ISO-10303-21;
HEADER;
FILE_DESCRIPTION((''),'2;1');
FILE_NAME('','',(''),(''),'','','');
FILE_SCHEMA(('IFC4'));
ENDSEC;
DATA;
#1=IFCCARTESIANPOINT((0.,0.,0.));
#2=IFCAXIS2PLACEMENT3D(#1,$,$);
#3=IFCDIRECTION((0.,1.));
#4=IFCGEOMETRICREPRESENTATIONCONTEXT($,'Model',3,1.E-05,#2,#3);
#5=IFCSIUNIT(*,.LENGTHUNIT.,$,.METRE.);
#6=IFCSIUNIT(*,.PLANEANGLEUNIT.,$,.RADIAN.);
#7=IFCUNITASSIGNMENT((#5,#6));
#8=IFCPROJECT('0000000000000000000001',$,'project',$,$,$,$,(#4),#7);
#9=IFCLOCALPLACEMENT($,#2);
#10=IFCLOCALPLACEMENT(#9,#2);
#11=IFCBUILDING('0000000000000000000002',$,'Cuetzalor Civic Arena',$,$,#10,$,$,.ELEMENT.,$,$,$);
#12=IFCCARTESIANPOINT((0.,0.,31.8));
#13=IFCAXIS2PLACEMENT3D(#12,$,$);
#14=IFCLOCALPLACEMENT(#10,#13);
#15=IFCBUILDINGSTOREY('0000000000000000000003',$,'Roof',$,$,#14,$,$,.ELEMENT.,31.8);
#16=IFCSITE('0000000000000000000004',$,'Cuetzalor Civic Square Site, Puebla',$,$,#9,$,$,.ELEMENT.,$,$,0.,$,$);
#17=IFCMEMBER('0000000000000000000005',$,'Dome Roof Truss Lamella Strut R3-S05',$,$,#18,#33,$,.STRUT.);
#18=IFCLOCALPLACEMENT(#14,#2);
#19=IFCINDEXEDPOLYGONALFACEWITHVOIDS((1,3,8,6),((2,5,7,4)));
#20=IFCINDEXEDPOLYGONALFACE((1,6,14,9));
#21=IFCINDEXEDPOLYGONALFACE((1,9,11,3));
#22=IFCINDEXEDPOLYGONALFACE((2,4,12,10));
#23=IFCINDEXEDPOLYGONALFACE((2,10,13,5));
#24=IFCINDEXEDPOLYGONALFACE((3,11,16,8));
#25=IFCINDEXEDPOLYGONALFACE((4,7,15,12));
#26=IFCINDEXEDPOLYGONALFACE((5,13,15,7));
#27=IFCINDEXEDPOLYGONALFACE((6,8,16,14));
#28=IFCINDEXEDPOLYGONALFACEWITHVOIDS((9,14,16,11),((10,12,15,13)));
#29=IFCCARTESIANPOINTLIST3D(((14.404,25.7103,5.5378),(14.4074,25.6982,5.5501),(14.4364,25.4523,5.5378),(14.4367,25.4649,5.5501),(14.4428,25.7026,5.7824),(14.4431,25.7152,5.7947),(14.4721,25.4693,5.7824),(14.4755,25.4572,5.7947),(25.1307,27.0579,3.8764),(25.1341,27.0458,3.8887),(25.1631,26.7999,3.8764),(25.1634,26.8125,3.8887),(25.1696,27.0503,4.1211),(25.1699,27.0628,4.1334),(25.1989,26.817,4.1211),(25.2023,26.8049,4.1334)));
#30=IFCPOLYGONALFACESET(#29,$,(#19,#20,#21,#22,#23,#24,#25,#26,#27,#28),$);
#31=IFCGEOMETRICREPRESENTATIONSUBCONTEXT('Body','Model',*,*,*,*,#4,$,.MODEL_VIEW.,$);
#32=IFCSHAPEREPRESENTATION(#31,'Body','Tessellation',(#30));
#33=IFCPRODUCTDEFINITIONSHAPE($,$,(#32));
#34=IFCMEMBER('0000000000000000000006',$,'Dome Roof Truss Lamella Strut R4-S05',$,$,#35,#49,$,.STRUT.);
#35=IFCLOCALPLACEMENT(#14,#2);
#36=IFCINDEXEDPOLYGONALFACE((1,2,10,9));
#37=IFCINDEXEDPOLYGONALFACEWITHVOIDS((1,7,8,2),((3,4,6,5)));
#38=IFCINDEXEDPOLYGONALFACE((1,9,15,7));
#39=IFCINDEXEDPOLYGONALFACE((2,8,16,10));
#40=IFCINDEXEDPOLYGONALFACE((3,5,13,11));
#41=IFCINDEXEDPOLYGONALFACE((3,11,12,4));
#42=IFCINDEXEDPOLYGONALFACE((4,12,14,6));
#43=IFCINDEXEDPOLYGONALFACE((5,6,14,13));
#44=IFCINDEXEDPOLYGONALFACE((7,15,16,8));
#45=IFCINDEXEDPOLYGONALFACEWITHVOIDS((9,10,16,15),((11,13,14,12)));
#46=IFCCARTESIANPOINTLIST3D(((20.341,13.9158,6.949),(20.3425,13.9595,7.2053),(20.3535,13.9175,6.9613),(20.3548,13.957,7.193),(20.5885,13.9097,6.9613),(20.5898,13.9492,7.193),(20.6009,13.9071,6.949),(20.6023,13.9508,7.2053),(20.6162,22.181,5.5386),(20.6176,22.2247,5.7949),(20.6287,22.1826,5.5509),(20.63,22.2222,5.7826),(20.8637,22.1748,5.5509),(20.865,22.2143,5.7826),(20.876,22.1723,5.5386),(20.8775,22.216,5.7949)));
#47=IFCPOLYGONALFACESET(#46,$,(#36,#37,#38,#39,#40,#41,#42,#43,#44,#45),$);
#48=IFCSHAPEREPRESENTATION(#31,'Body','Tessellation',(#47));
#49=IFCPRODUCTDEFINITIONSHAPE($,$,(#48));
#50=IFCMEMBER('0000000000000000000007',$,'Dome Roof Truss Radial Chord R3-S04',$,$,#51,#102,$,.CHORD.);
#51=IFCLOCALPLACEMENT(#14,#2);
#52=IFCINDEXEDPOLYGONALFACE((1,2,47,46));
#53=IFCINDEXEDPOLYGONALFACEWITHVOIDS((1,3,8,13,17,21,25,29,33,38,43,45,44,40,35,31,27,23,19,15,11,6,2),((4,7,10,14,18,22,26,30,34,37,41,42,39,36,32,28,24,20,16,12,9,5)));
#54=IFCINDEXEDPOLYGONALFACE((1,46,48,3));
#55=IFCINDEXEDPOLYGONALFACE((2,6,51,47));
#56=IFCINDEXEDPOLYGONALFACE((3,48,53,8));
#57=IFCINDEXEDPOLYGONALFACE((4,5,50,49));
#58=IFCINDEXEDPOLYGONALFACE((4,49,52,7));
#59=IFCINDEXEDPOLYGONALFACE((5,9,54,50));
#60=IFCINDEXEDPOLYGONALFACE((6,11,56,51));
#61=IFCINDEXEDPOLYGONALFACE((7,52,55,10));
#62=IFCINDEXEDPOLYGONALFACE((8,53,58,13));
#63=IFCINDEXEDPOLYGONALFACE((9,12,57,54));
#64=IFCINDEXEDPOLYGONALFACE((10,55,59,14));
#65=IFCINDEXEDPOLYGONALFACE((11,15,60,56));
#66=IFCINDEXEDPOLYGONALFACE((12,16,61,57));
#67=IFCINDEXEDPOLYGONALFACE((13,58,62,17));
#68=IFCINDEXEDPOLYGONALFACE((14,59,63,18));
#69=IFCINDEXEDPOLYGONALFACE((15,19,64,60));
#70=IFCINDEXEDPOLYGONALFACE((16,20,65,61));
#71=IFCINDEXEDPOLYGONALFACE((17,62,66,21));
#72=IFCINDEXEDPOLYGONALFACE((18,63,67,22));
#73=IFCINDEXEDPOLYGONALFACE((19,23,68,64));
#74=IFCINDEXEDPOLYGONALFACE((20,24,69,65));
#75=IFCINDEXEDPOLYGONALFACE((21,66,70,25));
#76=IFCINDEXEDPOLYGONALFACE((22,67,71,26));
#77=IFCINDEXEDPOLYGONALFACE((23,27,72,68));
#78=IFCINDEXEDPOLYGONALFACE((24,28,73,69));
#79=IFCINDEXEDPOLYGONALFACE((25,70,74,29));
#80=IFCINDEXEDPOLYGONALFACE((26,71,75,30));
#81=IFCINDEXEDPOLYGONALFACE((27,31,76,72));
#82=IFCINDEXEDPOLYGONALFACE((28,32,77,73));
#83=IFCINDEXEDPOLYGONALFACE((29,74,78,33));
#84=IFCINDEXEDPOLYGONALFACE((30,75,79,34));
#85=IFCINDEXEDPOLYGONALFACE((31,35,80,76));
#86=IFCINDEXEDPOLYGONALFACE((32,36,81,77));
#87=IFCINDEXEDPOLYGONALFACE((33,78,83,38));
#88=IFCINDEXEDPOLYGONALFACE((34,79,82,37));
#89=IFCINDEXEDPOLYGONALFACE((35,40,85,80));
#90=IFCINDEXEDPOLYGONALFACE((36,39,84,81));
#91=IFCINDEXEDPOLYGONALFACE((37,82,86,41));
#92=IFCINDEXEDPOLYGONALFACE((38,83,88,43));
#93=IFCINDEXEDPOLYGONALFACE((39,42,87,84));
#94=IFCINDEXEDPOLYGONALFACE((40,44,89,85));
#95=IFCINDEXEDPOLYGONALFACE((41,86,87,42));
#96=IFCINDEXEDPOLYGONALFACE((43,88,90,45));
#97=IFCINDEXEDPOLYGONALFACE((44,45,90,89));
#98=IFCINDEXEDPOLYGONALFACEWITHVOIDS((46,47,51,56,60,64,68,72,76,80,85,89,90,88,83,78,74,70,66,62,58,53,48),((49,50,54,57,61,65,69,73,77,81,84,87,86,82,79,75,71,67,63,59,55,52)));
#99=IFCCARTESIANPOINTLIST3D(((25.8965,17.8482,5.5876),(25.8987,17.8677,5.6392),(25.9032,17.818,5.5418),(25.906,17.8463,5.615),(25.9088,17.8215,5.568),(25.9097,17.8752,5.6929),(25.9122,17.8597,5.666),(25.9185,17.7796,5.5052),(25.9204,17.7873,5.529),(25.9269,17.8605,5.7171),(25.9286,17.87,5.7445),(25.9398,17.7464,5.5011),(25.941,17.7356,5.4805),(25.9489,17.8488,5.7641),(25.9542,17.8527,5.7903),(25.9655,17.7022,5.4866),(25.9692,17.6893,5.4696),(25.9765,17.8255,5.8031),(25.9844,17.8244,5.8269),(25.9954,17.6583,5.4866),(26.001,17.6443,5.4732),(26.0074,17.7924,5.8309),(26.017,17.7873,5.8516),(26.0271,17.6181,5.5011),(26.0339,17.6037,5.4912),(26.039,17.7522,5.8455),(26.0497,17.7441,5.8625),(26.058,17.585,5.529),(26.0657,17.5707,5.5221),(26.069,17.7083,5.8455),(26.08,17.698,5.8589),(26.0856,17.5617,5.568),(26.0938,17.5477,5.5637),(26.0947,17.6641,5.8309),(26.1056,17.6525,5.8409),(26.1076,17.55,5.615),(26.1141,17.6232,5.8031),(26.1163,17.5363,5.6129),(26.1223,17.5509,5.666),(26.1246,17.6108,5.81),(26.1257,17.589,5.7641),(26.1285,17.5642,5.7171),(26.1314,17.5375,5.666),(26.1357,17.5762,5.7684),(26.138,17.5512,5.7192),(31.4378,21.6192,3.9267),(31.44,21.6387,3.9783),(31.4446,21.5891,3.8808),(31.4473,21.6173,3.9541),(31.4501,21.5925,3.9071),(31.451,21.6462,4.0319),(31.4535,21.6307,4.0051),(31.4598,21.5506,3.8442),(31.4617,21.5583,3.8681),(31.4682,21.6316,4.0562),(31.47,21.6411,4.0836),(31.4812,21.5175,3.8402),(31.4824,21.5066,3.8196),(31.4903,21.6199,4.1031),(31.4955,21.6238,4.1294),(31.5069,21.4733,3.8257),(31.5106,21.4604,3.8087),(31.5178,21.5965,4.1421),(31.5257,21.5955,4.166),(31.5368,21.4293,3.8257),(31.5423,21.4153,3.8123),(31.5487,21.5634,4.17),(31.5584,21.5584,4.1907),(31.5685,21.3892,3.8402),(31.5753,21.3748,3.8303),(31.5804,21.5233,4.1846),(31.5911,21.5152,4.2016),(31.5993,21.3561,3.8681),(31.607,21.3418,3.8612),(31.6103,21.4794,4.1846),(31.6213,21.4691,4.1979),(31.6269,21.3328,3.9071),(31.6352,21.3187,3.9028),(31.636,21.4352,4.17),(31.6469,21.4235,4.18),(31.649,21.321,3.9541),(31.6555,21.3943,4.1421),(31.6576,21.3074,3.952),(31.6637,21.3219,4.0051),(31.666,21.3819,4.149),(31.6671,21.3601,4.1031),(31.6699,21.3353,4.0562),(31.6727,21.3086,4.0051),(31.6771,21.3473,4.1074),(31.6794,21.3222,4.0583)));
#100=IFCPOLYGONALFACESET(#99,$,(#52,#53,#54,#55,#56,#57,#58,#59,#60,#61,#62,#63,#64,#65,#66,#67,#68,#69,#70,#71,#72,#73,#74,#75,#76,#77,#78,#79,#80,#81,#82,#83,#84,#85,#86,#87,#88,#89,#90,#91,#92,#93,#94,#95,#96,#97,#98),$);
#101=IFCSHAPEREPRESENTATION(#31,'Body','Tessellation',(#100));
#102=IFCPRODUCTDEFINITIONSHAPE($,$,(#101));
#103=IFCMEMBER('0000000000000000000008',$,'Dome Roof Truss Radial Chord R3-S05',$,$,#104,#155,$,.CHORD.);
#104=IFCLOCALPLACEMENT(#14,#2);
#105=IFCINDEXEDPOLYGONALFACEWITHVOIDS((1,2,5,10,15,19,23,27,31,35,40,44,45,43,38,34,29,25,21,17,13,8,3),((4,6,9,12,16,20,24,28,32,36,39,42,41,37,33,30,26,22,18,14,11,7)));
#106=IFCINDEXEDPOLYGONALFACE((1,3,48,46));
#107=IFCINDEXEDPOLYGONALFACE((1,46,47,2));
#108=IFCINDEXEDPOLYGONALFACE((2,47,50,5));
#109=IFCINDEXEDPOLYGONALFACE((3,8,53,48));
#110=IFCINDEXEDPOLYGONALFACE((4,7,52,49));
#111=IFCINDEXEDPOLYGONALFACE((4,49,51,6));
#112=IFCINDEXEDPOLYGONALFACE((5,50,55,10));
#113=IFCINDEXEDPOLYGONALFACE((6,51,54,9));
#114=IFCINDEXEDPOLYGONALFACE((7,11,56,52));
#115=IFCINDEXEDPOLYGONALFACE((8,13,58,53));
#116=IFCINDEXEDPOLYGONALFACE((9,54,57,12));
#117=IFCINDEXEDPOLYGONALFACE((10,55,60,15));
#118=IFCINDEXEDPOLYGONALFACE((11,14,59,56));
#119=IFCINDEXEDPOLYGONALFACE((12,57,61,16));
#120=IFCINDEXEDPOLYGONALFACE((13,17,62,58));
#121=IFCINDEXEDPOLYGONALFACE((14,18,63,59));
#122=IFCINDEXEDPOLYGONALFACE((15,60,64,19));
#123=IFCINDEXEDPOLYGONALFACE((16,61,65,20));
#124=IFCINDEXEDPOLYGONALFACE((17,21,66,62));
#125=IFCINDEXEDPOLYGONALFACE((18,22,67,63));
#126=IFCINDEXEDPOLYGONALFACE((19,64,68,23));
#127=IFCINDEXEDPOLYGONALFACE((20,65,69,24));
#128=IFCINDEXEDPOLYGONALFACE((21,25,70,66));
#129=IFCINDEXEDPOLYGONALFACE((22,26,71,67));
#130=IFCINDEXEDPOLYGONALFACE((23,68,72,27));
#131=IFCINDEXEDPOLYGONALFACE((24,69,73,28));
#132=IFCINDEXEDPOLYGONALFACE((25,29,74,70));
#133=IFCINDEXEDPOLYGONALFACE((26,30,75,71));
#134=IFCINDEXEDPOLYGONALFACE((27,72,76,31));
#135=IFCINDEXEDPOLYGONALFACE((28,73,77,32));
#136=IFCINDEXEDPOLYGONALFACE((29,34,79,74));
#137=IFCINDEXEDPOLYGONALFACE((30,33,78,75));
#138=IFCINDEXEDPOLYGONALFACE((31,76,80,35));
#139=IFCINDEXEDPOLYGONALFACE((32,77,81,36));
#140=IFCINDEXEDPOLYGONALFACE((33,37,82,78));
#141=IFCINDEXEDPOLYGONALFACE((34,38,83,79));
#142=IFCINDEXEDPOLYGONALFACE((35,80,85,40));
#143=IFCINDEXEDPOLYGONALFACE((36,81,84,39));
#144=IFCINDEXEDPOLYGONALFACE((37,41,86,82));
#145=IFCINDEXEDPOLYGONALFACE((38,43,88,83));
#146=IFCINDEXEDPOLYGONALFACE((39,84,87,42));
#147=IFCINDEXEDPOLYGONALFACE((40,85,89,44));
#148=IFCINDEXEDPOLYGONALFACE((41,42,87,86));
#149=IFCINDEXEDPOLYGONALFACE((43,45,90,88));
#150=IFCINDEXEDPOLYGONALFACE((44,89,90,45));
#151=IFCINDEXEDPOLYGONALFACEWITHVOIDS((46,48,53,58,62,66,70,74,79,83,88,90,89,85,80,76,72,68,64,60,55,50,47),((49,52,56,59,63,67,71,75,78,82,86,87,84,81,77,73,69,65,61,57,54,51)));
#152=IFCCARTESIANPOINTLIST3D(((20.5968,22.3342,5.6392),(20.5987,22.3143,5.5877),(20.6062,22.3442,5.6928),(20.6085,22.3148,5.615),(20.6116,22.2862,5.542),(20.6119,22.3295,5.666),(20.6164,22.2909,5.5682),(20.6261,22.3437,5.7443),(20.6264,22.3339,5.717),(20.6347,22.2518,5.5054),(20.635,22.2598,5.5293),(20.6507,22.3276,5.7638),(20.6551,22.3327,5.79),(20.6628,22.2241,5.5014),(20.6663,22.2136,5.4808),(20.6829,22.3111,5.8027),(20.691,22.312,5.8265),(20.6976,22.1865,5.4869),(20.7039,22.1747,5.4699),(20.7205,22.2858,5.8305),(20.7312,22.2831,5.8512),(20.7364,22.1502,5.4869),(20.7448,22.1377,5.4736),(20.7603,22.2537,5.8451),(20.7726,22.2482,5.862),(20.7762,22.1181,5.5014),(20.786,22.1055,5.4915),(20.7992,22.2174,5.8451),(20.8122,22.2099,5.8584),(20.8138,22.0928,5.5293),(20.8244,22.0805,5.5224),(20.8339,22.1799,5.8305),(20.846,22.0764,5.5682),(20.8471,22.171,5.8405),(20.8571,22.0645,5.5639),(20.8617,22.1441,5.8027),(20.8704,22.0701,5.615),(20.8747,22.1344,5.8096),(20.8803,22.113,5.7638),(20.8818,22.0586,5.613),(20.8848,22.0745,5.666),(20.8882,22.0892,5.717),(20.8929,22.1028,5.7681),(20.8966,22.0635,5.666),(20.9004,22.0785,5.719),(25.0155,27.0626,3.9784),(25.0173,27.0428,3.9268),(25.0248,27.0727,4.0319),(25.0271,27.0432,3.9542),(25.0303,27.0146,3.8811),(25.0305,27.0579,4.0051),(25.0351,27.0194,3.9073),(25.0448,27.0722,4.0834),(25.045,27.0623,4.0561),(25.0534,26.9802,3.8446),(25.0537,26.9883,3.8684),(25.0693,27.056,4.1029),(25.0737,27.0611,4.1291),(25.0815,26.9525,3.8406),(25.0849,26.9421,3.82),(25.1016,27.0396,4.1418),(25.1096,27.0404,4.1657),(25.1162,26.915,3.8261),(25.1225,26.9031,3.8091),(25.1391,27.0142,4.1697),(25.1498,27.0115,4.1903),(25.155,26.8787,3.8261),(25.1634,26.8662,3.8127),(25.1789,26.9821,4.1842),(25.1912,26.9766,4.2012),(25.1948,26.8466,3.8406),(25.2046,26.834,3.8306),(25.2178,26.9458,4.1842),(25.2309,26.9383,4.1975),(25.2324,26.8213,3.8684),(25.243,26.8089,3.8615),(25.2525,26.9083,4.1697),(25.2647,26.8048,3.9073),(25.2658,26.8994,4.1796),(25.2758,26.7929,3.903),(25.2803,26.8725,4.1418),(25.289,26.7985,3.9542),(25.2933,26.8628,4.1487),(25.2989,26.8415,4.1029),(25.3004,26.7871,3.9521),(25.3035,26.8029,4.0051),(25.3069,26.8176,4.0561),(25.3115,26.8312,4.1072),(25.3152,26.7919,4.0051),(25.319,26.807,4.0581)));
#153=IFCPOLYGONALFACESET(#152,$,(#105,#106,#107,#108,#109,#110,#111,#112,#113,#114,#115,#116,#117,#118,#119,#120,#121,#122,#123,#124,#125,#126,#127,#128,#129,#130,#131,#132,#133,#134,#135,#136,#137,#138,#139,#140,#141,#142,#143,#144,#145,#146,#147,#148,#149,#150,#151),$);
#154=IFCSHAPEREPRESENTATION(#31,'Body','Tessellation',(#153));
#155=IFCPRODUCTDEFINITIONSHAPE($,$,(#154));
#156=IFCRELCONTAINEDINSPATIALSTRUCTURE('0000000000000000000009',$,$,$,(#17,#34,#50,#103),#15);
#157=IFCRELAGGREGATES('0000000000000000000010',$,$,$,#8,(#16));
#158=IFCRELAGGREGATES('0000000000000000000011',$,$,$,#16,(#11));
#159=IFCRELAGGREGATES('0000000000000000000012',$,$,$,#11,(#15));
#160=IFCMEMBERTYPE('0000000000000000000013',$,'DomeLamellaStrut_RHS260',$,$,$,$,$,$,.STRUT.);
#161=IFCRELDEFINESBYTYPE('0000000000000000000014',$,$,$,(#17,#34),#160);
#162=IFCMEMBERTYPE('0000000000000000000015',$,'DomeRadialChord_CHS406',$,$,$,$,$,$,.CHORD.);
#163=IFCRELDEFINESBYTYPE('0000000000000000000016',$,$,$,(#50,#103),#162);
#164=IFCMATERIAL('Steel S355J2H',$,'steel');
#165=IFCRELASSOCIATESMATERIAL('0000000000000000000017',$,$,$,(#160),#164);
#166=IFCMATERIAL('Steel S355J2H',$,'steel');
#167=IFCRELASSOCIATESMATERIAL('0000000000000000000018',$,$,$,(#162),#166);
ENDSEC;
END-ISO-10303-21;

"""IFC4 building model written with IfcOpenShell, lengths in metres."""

from ifc_helpers import new_model, si_unit, direction, frame, origin, origin_2d, place, context, subcontext, project, spatial, hollow_rectangle, hollow_circle, extrude, material, material_profile, profile_set, type_object, element, save


model = new_model("IFC4")

# Units and contexts
model_context = context("Model", 3, precision=1e-05, world=origin(), true_north=direction((0.0, 1.0)))
body_context = subcontext(model_context, "Body", "Model", "MODEL_VIEW")
ifc_project = project(units=[si_unit("LENGTHUNIT", "METRE"), si_unit("PLANEANGLEUNIT", "RADIAN")], contexts=[model_context])

# Site, building, storey
site_placement = place(None, origin())
site = spatial("IfcSite", under=ifc_project, at=site_placement, Name="Cuetzalor Civic Square Site, Puebla", CompositionType="ELEMENT", RefElevation=0.0)
building_placement = place(site_placement, origin())
building = spatial("IfcBuilding", under=site, at=building_placement, Name="Cuetzalor Civic Arena", CompositionType="ELEMENT")
storey_placement = place(building_placement, frame((0.0, 0.0, 31.8)))
storey = spatial("IfcBuildingStorey", under=building, at=storey_placement, Name="Roof", CompositionType="ELEMENT", Elevation=31.8)

# Members
ifc_material_1 = material(Name="Steel S355J2H", Category="steel")
ifc_material_profile_1 = material_profile(ifc_material_1, hollow_rectangle(XDim=0.26, YDim=0.26, WallThickness=0.0125, at=origin_2d()), Name="RHS 260x260x12.5")
ifc_profile_set_1 = profile_set([ifc_material_profile_1], Name="Steel S355J2H")
member_type_1 = type_object("IfcMemberType", Name="DomeLamellaStrut_RHS260", PredefinedType="STRUT", material=ifc_profile_set_1)
member_1_placement = place(storey_placement, frame((25.1665, 26.9314, 4.0049), z_axis=(-0.980688, -0.123208, 0.15189), x_axis=(0.124655, -0.9922, 0.0)))
element("IfcMember", 1, at=member_1_placement, inside=storey, type_object=member_type_1, Name="Dome Roof Truss Lamella Strut R3-S05", PredefinedType="STRUT", context=body_context, shape_type="SweptSolid", body=[
    extrude(hollow_rectangle(XDim=0.26, YDim=0.26, WallThickness=0.0125, at=origin_2d()), origin(), (0.0, 0.0, 1.0), 10.938),
])
member_2_placement = place(storey_placement, frame((20.7468, 22.1985, 5.6667), z_axis=(-0.032798, -0.98522, 0.168122), x_axis=(0.999446, -0.033272, 0.0)))
element("IfcMember", 2, at=member_2_placement, inside=storey, type_object=member_type_1, Name="Dome Roof Truss Lamella Strut R4-S05", PredefinedType="STRUT", context=body_context, shape_type="SweptSolid", body=[
    extrude(hollow_rectangle(XDim=0.26, YDim=0.26, WallThickness=0.0125, at=origin_2d()), origin(), (0.0, 0.0, 1.0), 8.3892),
])
ifc_material_2 = material(Name="Steel S355J2H", Category="steel")
ifc_material_profile_2 = material_profile(ifc_material_2, hollow_circle(Radius=0.2029, WallThickness=0.0161, at=origin_2d()), Name="CHS 406x16")
ifc_profile_set_2 = profile_set([ifc_material_profile_2], Name="Steel S355J2H")
member_type_2 = type_object("IfcMemberType", Name="DomeRadialChord_CHS406", PredefinedType="CHORD", material=ifc_profile_set_2)
member_3_placement = place(storey_placement, frame((31.5586, 21.4763, 4.0051), z_axis=(-0.802453, -0.546094, 0.24052), x_axis=(0.56261, -0.826723, 0.0)))
element("IfcMember", 3, at=member_3_placement, inside=storey, type_object=member_type_2, Name="Dome Roof Truss Radial Chord R3-S04", PredefinedType="CHORD", context=body_context, shape_type="SweptSolid", body=[
    extrude(hollow_circle(Radius=0.2029, WallThickness=0.0161, at=origin_2d()), origin(), (0.0, 0.0, 1.0), 6.9055),
])
member_4_placement = place(storey_placement, frame((25.167, 26.9304, 4.0051), z_axis=(-0.661335, -0.707704, 0.248581), x_axis=(0.730637, -0.682766, 0.0)))
element("IfcMember", 4, at=member_4_placement, inside=storey, type_object=member_type_2, Name="Dome Roof Truss Radial Chord R3-S05", PredefinedType="CHORD", context=body_context, shape_type="SweptSolid", body=[
    extrude(hollow_circle(Radius=0.2029, WallThickness=0.0161, at=origin_2d()), origin(), (0.0, 0.0, 1.0), 6.6814),
])

save(model, "model.ifc")
